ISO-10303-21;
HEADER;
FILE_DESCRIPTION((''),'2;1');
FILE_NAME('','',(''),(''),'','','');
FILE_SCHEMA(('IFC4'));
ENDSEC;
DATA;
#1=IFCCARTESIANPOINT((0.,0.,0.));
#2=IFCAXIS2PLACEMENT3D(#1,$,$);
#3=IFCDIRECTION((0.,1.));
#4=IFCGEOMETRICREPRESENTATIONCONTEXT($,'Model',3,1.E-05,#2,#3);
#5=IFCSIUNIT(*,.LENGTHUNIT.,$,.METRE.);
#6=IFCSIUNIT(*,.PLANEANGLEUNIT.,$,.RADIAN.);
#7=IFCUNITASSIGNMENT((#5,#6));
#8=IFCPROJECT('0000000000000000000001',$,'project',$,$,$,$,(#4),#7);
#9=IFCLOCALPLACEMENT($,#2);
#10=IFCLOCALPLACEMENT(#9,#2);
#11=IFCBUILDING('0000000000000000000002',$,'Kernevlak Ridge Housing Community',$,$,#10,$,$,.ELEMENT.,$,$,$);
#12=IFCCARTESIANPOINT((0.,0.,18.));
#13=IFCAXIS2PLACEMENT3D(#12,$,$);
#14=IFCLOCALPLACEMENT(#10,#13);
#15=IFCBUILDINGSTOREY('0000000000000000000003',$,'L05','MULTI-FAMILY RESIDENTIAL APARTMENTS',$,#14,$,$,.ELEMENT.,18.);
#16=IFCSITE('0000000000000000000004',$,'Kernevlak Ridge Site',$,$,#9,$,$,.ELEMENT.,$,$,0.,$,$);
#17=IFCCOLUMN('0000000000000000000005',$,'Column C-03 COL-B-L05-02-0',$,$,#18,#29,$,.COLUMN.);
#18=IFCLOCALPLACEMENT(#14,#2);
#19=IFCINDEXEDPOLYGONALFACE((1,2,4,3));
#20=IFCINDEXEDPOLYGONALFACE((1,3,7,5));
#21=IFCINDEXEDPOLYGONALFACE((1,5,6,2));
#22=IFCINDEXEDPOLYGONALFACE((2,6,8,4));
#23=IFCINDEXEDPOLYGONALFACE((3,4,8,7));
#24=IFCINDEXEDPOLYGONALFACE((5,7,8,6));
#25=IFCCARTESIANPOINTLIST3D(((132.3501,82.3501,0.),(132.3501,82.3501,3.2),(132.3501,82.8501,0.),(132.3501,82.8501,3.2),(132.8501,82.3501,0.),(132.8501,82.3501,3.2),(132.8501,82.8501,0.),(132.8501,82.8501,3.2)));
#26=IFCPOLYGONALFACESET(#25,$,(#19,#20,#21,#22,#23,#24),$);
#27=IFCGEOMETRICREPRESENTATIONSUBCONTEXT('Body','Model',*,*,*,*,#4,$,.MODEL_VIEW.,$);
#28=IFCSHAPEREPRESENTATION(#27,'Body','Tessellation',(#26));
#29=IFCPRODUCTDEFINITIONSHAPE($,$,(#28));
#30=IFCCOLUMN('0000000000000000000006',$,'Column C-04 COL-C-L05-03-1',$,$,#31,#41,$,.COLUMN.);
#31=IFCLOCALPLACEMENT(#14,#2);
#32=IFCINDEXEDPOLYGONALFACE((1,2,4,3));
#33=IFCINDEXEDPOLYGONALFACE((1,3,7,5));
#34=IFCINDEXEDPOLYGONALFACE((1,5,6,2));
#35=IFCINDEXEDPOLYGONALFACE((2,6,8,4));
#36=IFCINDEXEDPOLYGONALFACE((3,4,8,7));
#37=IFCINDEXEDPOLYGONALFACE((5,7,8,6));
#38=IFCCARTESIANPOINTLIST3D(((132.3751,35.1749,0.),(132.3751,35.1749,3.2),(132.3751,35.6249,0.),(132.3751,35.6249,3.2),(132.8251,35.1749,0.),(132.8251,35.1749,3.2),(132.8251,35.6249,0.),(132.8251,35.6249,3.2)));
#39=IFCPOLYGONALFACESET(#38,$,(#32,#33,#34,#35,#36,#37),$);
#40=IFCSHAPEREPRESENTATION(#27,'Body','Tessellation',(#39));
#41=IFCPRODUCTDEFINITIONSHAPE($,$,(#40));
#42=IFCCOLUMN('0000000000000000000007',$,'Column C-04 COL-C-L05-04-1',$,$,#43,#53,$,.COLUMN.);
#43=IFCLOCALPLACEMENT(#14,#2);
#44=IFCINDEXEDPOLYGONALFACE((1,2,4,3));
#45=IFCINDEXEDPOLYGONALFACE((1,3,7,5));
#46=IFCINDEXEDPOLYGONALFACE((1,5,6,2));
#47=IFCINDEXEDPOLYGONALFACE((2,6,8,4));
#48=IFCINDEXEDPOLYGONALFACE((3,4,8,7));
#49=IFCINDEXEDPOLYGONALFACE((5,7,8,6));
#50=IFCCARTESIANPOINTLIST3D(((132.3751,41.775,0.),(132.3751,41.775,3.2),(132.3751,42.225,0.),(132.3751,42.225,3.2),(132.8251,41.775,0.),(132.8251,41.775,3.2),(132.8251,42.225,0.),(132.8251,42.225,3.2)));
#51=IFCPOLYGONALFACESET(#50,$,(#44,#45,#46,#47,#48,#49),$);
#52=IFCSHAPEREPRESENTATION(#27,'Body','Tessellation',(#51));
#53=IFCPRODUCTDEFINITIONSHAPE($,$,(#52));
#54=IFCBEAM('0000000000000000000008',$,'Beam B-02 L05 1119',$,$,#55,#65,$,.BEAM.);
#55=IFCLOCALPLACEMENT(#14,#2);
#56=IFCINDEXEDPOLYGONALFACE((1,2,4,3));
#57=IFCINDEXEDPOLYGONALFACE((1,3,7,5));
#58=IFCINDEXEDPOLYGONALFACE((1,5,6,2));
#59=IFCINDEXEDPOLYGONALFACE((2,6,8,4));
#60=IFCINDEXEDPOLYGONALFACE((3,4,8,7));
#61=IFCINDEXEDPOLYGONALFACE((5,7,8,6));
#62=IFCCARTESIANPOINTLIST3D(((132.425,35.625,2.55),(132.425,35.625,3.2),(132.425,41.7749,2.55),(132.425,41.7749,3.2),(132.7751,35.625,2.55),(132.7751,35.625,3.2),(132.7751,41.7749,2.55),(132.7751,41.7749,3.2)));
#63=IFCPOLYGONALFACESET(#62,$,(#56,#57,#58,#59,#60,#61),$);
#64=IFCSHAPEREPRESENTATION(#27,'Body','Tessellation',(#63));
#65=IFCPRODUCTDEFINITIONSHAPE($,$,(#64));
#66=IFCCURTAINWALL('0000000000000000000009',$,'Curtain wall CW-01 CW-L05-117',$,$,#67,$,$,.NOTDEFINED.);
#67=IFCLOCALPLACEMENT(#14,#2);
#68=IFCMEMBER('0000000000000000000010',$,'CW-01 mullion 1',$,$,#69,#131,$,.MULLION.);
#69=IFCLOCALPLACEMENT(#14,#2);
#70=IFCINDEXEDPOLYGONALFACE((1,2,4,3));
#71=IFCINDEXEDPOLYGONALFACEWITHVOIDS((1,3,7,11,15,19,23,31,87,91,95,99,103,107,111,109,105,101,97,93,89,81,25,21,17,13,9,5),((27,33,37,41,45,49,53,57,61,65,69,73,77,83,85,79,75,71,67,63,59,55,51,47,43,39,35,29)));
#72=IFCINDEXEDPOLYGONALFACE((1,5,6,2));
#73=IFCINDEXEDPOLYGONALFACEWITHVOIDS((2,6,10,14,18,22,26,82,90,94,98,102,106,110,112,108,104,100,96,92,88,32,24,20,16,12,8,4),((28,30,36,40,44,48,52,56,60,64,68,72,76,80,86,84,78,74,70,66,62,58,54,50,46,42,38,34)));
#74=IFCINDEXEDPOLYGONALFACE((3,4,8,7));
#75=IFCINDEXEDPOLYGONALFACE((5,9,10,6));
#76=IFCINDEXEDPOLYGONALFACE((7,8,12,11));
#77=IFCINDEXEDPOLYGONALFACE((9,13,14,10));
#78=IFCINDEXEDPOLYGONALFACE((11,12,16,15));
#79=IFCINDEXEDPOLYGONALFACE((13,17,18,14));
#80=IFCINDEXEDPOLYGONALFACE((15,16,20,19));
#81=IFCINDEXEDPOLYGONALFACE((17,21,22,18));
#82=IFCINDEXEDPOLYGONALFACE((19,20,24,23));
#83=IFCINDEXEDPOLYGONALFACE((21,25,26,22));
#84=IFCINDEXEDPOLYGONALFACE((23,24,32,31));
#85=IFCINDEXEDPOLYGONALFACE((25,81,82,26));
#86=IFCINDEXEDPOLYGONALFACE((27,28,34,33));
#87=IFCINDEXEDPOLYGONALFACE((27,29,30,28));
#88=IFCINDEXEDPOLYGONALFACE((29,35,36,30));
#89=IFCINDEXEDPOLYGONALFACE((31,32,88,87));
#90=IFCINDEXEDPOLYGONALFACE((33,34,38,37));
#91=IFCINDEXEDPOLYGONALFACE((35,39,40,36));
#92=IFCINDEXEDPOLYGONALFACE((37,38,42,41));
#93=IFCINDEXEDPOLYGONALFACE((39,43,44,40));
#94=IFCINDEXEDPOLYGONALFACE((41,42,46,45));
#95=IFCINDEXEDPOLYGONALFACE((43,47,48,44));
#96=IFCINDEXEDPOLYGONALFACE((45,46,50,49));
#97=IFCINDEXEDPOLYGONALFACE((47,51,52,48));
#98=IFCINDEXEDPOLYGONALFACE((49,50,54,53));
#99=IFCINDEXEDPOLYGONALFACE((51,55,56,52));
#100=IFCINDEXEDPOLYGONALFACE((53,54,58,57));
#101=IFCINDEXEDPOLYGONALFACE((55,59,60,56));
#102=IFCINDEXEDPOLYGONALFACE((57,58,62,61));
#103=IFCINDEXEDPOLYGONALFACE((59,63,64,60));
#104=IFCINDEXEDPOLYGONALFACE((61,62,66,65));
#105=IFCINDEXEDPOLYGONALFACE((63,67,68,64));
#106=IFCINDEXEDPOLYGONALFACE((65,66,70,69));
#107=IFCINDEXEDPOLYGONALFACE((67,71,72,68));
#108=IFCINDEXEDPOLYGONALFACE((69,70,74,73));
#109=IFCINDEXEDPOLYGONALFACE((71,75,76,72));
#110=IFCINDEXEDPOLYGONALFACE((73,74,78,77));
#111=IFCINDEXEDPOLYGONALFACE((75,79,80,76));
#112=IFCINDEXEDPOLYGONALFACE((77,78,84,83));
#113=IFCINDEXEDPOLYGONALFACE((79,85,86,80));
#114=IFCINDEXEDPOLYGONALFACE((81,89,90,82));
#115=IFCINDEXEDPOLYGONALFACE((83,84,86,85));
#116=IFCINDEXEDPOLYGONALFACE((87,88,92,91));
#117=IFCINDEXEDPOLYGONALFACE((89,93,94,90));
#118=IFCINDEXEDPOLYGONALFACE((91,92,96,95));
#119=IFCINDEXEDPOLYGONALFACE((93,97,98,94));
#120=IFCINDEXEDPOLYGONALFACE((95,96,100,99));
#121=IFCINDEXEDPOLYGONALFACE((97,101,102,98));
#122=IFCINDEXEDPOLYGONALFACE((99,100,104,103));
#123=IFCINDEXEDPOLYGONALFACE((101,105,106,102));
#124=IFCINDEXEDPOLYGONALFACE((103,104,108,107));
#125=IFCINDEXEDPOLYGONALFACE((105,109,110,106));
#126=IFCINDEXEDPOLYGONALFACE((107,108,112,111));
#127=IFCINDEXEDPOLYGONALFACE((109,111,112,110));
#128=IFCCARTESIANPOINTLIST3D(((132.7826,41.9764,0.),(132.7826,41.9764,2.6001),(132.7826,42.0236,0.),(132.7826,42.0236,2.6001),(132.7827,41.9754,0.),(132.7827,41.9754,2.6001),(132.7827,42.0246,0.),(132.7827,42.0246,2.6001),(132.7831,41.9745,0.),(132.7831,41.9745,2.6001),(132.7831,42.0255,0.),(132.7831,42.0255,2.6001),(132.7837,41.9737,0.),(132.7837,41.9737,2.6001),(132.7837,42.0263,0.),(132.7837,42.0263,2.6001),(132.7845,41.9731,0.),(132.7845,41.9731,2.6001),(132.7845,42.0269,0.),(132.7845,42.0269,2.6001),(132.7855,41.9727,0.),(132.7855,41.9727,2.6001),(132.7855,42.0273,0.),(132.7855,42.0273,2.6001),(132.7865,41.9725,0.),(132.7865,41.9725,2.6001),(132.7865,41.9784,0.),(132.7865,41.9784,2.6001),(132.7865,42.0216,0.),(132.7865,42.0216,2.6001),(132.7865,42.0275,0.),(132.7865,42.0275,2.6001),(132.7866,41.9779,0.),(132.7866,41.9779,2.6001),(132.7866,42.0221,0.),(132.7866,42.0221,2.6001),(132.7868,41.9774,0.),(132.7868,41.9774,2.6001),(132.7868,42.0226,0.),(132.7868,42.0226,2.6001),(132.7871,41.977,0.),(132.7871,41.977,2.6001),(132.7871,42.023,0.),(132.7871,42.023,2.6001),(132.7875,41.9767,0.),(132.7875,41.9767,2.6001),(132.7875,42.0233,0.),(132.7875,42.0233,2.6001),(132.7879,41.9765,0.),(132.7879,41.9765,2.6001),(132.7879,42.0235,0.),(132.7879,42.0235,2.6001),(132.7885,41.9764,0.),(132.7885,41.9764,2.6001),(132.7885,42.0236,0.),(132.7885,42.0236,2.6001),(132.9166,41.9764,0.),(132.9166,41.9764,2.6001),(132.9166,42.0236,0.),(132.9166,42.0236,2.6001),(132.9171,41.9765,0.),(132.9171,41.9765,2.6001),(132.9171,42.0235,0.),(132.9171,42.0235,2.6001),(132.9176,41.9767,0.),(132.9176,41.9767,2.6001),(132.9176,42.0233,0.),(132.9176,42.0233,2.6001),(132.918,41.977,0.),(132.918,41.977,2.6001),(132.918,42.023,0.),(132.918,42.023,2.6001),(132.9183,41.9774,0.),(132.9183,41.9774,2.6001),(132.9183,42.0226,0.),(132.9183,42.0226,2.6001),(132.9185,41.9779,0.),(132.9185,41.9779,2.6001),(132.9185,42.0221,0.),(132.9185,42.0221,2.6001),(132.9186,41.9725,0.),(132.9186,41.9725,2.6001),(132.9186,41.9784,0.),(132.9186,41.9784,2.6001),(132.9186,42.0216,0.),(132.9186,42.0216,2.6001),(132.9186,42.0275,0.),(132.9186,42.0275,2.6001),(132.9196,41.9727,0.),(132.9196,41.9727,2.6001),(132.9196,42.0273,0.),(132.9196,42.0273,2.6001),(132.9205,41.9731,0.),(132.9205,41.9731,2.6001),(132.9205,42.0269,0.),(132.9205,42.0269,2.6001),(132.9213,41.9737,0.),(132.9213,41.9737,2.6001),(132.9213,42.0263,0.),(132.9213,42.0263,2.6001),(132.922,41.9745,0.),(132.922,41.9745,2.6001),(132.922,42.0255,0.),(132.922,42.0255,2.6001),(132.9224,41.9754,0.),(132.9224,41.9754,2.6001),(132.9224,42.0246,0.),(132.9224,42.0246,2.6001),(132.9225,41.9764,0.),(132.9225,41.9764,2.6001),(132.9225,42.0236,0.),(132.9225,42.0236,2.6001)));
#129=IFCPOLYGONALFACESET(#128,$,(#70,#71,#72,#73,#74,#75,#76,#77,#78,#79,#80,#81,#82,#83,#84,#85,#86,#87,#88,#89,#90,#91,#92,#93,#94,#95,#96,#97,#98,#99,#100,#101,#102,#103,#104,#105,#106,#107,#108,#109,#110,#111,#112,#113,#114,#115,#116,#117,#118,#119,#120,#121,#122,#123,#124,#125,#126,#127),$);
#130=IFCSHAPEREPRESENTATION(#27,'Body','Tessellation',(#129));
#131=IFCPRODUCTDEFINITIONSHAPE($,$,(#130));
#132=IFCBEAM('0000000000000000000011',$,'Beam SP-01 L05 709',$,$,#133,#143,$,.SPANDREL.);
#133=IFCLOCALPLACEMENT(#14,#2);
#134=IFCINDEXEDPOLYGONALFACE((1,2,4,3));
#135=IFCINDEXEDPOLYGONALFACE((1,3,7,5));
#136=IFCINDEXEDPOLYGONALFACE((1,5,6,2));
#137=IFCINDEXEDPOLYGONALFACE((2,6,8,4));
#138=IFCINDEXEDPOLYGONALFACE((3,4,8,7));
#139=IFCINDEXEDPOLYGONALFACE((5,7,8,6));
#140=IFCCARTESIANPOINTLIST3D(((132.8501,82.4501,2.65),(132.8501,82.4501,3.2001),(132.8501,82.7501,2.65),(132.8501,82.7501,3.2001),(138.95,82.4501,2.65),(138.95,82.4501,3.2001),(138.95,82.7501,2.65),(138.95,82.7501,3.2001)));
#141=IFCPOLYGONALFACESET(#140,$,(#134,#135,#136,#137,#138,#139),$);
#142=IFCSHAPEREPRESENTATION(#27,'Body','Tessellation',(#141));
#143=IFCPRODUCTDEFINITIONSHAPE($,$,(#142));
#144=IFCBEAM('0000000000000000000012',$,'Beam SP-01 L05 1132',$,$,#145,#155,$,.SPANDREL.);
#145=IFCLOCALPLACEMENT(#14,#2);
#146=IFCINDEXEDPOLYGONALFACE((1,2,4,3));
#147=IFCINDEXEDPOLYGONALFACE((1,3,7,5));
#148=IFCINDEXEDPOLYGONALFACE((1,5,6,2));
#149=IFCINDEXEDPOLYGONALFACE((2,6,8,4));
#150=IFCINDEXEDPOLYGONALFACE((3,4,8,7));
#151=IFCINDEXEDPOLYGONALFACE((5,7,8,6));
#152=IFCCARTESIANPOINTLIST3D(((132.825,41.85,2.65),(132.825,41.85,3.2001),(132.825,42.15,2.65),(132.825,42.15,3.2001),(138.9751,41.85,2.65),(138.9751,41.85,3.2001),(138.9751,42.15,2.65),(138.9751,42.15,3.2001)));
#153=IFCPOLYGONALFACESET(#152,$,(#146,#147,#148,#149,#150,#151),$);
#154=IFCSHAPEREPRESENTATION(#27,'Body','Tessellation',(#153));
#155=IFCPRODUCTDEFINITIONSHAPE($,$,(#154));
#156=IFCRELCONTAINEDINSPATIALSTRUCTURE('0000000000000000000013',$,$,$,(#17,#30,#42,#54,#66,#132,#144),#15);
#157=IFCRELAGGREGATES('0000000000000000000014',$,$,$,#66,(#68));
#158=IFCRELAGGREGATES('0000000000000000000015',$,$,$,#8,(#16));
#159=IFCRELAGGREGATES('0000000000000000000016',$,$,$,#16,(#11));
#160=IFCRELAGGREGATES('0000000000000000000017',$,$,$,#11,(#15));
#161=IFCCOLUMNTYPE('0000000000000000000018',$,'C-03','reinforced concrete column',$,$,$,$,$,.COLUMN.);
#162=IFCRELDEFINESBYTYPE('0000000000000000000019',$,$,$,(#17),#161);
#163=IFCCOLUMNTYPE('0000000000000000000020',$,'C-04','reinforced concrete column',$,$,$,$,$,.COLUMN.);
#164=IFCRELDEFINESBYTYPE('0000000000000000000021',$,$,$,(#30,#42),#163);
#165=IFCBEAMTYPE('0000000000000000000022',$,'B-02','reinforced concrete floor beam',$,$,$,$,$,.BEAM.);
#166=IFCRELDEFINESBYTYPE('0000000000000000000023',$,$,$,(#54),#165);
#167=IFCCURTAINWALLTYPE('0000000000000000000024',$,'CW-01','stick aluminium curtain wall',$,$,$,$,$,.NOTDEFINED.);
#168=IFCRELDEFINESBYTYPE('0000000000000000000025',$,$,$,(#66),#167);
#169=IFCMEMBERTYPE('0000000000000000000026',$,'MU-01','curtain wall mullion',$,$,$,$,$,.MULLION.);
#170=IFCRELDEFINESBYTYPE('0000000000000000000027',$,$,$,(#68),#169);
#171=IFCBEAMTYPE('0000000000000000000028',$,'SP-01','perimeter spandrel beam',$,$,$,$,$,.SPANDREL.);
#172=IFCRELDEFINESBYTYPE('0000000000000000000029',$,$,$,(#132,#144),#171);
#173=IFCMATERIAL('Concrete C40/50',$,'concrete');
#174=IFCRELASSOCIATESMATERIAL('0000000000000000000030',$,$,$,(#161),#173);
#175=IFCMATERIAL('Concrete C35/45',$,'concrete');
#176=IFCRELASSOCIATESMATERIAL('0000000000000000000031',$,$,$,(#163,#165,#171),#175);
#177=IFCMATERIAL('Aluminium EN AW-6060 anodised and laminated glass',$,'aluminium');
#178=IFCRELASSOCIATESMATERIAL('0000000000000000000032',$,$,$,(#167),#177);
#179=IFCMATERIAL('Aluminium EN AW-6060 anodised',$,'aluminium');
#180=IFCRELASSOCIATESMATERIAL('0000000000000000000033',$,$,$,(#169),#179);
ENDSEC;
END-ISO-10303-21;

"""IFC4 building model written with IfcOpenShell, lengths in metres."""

from ifc_helpers import new_model, si_unit, direction, frame, origin, origin_2d, place, context, subcontext, project, spatial, rectangle, hollow_rectangle, extrude, material, material_profile, profile_set, type_object, element, aggregate, save


model = new_model("IFC4")

# Units and contexts
model_context = context("Model", 3, precision=1e-05, world=origin(), true_north=direction((0.0, 1.0)))
body_context = subcontext(model_context, "Body", "Model", "MODEL_VIEW")
ifc_project = project(units=[si_unit("LENGTHUNIT", "METRE"), si_unit("PLANEANGLEUNIT", "RADIAN")], contexts=[model_context])

# Site, building, storey
site_placement = place(None, origin())
site = spatial("IfcSite", under=ifc_project, at=site_placement, Name="Kernevlak Ridge Site", CompositionType="ELEMENT", RefElevation=0.0)
building_placement = place(site_placement, origin())
building = spatial("IfcBuilding", under=site, at=building_placement, Name="Kernevlak Ridge Housing Community", CompositionType="ELEMENT")
storey_placement = place(building_placement, frame((0.0, 0.0, 18.0)))
storey = spatial("IfcBuildingStorey", under=building, at=storey_placement, Name="L05", Description="MULTI-FAMILY RESIDENTIAL APARTMENTS", CompositionType="ELEMENT", Elevation=18.0)

# Columns
ifc_material_1 = material(Name="Concrete C40/50", Category="concrete")
ifc_material_profile_1 = material_profile(ifc_material_1, rectangle(XDim=0.5, YDim=0.5, at=origin_2d()), Name="RC 500x500")
ifc_profile_set_1 = profile_set([ifc_material_profile_1], Name="Concrete C40/50")
column_type_1 = type_object("IfcColumnType", Name="C-03", Description="reinforced concrete column", PredefinedType="COLUMN", material=ifc_profile_set_1)
column_placement = place(storey_placement, frame((132.6001, 82.6001, 0.0), z_axis=(0.0, 0.0, 1.0), x_axis=(1.0, 0.0, 0.0)))
element("IfcColumn", 1, at=column_placement, inside=storey, type_object=column_type_1, Name="Column C-03 COL-B-L05-02-0", PredefinedType="COLUMN", context=body_context, shape_type="SweptSolid", body=[
    extrude(rectangle(XDim=0.5, YDim=0.5, at=origin_2d()), origin(), (0.0, 0.0, 1.0), 3.2),
])
ifc_material_2 = material(Name="Concrete C35/45", Category="concrete")
ifc_material_profile_2 = material_profile(ifc_material_2, rectangle(XDim=0.45, YDim=0.45, at=origin_2d()), Name="RC 450x450")
ifc_profile_set_2 = profile_set([ifc_material_profile_2], Name="Concrete C35/45")
column_type_2 = type_object("IfcColumnType", Name="C-04", Description="reinforced concrete column", PredefinedType="COLUMN", material=ifc_profile_set_2)
for number, where, z_axis, x_axis, name in (
    (2, (132.6001, 35.3999, 0.0), (0.0, 0.0, 1.0), (1.0, 0.0, 0.0), "Column C-04 COL-C-L05-03-1"),
    (3, (132.6001, 42.0, 0.0), (0.0, 0.0, 1.0), (1.0, 0.0, 0.0), "Column C-04 COL-C-L05-04-1"),
):
    element("IfcColumn", number, at=place(storey_placement, frame(where, z_axis=z_axis, x_axis=x_axis)), inside=storey, type_object=column_type_2, Name=name, PredefinedType="COLUMN", context=body_context, shape_type="SweptSolid", body=[
        extrude(rectangle(XDim=0.45, YDim=0.45, at=origin_2d()), origin(), (0.0, 0.0, 1.0), 3.2),
    ])

# Beam
ifc_material_profile_3 = material_profile(ifc_material_2, rectangle(XDim=0.3501, YDim=0.6499, at=origin_2d()), Name="RC 350x650")
ifc_profile_set_3 = profile_set([ifc_material_profile_3], Name="Concrete C35/45")
beam_type_1 = type_object("IfcBeamType", Name="B-02", Description="reinforced concrete floor beam", PredefinedType="BEAM", material=ifc_profile_set_3)
beam_1_placement = place(storey_placement, frame((132.6001, 35.625, 2.875), z_axis=(0.0, 1.0, 0.0), x_axis=(-1.0, 0.0, 0.0)))
element("IfcBeam", 4, at=beam_1_placement, inside=storey, type_object=beam_type_1, Name="Beam B-02 L05 1119", PredefinedType="BEAM", context=body_context, shape_type="SweptSolid", body=[
    extrude(rectangle(XDim=0.3501, YDim=0.6499, at=origin_2d()), origin(), (0.0, 0.0, 1.0), 6.1499),
])

# Curtain wall, member
ifc_material_3 = material(Name="Aluminium EN AW-6060 anodised and laminated glass", Category="aluminium")
curtain_wall_type = type_object("IfcCurtainWallType", Name="CW-01", Description="stick aluminium curtain wall", PredefinedType="NOTDEFINED", material=ifc_material_3)
curtain_wall_placement = place(storey_placement, origin())
curtain_wall = element("IfcCurtainWall", 5, at=curtain_wall_placement, inside=storey, type_object=curtain_wall_type, Name="Curtain wall CW-01 CW-L05-117", PredefinedType="NOTDEFINED")
ifc_material_4 = material(Name="Aluminium EN AW-6060 anodised", Category="aluminium")
ifc_material_profile_4 = material_profile(ifc_material_4, hollow_rectangle(XDim=0.0549, YDim=0.1399, WallThickness=0.0039, InnerFilletRadius=0.002, OuterFilletRadius=0.0039, at=origin_2d()), Name="ALU 55x140x4")
ifc_profile_set_4 = profile_set([ifc_material_profile_4], Name="Aluminium EN AW-6060 anodised")
member_type_1 = type_object("IfcMemberType", Name="MU-01", Description="curtain wall mullion", PredefinedType="MULLION", material=ifc_profile_set_4)
member_1_placement = place(storey_placement, frame((132.8525, 42.0, 0.0), z_axis=(0.0, 0.0, 1.0), x_axis=(0.0, 1.0, 0.0)))
member_1 = element("IfcMember", 6, at=member_1_placement, type_object=member_type_1, Name="CW-01 mullion 1", PredefinedType="MULLION", context=body_context, shape_type="SweptSolid", body=[
    extrude(hollow_rectangle(XDim=0.0549, YDim=0.1399, WallThickness=0.0039, InnerFilletRadius=0.002, OuterFilletRadius=0.0039, at=origin_2d()), origin(), (0.0, 0.0, 1.0), 2.6001),
])

# Beams
ifc_material_profile_5 = material_profile(ifc_material_2, rectangle(XDim=0.3, YDim=0.55, at=origin_2d()), Name="RC 300x550")
ifc_profile_set_5 = profile_set([ifc_material_profile_5], Name="Concrete C35/45")
beam_type_2 = type_object("IfcBeamType", Name="SP-01", Description="perimeter spandrel beam", PredefinedType="SPANDREL", material=ifc_profile_set_5)
beam_2_placement = place(storey_placement, frame((132.8501, 82.6001, 2.925), z_axis=(1.0, 0.0, 0.0), x_axis=(0.0, 1.0, 0.0)))
element("IfcBeam", 7, at=beam_2_placement, inside=storey, type_object=beam_type_2, Name="Beam SP-01 L05 709", PredefinedType="SPANDREL", context=body_context, shape_type="SweptSolid", body=[
    extrude(rectangle(XDim=0.3, YDim=0.55, at=origin_2d()), origin(), (0.0, 0.0, 1.0), 6.0999),
])
beam_3_placement = place(storey_placement, frame((132.825, 42.0, 2.925), z_axis=(1.0, 0.0, 0.0), x_axis=(0.0, 1.0, 0.0)))
element("IfcBeam", 8, at=beam_3_placement, inside=storey, type_object=beam_type_2, Name="Beam SP-01 L05 1132", PredefinedType="SPANDREL", context=body_context, shape_type="SweptSolid", body=[
    extrude(rectangle(XDim=0.3, YDim=0.55, at=origin_2d()), origin(), (0.0, 0.0, 1.0), 6.1501),
])

aggregate(curtain_wall, [member_1])

save(model, "model.ifc")
